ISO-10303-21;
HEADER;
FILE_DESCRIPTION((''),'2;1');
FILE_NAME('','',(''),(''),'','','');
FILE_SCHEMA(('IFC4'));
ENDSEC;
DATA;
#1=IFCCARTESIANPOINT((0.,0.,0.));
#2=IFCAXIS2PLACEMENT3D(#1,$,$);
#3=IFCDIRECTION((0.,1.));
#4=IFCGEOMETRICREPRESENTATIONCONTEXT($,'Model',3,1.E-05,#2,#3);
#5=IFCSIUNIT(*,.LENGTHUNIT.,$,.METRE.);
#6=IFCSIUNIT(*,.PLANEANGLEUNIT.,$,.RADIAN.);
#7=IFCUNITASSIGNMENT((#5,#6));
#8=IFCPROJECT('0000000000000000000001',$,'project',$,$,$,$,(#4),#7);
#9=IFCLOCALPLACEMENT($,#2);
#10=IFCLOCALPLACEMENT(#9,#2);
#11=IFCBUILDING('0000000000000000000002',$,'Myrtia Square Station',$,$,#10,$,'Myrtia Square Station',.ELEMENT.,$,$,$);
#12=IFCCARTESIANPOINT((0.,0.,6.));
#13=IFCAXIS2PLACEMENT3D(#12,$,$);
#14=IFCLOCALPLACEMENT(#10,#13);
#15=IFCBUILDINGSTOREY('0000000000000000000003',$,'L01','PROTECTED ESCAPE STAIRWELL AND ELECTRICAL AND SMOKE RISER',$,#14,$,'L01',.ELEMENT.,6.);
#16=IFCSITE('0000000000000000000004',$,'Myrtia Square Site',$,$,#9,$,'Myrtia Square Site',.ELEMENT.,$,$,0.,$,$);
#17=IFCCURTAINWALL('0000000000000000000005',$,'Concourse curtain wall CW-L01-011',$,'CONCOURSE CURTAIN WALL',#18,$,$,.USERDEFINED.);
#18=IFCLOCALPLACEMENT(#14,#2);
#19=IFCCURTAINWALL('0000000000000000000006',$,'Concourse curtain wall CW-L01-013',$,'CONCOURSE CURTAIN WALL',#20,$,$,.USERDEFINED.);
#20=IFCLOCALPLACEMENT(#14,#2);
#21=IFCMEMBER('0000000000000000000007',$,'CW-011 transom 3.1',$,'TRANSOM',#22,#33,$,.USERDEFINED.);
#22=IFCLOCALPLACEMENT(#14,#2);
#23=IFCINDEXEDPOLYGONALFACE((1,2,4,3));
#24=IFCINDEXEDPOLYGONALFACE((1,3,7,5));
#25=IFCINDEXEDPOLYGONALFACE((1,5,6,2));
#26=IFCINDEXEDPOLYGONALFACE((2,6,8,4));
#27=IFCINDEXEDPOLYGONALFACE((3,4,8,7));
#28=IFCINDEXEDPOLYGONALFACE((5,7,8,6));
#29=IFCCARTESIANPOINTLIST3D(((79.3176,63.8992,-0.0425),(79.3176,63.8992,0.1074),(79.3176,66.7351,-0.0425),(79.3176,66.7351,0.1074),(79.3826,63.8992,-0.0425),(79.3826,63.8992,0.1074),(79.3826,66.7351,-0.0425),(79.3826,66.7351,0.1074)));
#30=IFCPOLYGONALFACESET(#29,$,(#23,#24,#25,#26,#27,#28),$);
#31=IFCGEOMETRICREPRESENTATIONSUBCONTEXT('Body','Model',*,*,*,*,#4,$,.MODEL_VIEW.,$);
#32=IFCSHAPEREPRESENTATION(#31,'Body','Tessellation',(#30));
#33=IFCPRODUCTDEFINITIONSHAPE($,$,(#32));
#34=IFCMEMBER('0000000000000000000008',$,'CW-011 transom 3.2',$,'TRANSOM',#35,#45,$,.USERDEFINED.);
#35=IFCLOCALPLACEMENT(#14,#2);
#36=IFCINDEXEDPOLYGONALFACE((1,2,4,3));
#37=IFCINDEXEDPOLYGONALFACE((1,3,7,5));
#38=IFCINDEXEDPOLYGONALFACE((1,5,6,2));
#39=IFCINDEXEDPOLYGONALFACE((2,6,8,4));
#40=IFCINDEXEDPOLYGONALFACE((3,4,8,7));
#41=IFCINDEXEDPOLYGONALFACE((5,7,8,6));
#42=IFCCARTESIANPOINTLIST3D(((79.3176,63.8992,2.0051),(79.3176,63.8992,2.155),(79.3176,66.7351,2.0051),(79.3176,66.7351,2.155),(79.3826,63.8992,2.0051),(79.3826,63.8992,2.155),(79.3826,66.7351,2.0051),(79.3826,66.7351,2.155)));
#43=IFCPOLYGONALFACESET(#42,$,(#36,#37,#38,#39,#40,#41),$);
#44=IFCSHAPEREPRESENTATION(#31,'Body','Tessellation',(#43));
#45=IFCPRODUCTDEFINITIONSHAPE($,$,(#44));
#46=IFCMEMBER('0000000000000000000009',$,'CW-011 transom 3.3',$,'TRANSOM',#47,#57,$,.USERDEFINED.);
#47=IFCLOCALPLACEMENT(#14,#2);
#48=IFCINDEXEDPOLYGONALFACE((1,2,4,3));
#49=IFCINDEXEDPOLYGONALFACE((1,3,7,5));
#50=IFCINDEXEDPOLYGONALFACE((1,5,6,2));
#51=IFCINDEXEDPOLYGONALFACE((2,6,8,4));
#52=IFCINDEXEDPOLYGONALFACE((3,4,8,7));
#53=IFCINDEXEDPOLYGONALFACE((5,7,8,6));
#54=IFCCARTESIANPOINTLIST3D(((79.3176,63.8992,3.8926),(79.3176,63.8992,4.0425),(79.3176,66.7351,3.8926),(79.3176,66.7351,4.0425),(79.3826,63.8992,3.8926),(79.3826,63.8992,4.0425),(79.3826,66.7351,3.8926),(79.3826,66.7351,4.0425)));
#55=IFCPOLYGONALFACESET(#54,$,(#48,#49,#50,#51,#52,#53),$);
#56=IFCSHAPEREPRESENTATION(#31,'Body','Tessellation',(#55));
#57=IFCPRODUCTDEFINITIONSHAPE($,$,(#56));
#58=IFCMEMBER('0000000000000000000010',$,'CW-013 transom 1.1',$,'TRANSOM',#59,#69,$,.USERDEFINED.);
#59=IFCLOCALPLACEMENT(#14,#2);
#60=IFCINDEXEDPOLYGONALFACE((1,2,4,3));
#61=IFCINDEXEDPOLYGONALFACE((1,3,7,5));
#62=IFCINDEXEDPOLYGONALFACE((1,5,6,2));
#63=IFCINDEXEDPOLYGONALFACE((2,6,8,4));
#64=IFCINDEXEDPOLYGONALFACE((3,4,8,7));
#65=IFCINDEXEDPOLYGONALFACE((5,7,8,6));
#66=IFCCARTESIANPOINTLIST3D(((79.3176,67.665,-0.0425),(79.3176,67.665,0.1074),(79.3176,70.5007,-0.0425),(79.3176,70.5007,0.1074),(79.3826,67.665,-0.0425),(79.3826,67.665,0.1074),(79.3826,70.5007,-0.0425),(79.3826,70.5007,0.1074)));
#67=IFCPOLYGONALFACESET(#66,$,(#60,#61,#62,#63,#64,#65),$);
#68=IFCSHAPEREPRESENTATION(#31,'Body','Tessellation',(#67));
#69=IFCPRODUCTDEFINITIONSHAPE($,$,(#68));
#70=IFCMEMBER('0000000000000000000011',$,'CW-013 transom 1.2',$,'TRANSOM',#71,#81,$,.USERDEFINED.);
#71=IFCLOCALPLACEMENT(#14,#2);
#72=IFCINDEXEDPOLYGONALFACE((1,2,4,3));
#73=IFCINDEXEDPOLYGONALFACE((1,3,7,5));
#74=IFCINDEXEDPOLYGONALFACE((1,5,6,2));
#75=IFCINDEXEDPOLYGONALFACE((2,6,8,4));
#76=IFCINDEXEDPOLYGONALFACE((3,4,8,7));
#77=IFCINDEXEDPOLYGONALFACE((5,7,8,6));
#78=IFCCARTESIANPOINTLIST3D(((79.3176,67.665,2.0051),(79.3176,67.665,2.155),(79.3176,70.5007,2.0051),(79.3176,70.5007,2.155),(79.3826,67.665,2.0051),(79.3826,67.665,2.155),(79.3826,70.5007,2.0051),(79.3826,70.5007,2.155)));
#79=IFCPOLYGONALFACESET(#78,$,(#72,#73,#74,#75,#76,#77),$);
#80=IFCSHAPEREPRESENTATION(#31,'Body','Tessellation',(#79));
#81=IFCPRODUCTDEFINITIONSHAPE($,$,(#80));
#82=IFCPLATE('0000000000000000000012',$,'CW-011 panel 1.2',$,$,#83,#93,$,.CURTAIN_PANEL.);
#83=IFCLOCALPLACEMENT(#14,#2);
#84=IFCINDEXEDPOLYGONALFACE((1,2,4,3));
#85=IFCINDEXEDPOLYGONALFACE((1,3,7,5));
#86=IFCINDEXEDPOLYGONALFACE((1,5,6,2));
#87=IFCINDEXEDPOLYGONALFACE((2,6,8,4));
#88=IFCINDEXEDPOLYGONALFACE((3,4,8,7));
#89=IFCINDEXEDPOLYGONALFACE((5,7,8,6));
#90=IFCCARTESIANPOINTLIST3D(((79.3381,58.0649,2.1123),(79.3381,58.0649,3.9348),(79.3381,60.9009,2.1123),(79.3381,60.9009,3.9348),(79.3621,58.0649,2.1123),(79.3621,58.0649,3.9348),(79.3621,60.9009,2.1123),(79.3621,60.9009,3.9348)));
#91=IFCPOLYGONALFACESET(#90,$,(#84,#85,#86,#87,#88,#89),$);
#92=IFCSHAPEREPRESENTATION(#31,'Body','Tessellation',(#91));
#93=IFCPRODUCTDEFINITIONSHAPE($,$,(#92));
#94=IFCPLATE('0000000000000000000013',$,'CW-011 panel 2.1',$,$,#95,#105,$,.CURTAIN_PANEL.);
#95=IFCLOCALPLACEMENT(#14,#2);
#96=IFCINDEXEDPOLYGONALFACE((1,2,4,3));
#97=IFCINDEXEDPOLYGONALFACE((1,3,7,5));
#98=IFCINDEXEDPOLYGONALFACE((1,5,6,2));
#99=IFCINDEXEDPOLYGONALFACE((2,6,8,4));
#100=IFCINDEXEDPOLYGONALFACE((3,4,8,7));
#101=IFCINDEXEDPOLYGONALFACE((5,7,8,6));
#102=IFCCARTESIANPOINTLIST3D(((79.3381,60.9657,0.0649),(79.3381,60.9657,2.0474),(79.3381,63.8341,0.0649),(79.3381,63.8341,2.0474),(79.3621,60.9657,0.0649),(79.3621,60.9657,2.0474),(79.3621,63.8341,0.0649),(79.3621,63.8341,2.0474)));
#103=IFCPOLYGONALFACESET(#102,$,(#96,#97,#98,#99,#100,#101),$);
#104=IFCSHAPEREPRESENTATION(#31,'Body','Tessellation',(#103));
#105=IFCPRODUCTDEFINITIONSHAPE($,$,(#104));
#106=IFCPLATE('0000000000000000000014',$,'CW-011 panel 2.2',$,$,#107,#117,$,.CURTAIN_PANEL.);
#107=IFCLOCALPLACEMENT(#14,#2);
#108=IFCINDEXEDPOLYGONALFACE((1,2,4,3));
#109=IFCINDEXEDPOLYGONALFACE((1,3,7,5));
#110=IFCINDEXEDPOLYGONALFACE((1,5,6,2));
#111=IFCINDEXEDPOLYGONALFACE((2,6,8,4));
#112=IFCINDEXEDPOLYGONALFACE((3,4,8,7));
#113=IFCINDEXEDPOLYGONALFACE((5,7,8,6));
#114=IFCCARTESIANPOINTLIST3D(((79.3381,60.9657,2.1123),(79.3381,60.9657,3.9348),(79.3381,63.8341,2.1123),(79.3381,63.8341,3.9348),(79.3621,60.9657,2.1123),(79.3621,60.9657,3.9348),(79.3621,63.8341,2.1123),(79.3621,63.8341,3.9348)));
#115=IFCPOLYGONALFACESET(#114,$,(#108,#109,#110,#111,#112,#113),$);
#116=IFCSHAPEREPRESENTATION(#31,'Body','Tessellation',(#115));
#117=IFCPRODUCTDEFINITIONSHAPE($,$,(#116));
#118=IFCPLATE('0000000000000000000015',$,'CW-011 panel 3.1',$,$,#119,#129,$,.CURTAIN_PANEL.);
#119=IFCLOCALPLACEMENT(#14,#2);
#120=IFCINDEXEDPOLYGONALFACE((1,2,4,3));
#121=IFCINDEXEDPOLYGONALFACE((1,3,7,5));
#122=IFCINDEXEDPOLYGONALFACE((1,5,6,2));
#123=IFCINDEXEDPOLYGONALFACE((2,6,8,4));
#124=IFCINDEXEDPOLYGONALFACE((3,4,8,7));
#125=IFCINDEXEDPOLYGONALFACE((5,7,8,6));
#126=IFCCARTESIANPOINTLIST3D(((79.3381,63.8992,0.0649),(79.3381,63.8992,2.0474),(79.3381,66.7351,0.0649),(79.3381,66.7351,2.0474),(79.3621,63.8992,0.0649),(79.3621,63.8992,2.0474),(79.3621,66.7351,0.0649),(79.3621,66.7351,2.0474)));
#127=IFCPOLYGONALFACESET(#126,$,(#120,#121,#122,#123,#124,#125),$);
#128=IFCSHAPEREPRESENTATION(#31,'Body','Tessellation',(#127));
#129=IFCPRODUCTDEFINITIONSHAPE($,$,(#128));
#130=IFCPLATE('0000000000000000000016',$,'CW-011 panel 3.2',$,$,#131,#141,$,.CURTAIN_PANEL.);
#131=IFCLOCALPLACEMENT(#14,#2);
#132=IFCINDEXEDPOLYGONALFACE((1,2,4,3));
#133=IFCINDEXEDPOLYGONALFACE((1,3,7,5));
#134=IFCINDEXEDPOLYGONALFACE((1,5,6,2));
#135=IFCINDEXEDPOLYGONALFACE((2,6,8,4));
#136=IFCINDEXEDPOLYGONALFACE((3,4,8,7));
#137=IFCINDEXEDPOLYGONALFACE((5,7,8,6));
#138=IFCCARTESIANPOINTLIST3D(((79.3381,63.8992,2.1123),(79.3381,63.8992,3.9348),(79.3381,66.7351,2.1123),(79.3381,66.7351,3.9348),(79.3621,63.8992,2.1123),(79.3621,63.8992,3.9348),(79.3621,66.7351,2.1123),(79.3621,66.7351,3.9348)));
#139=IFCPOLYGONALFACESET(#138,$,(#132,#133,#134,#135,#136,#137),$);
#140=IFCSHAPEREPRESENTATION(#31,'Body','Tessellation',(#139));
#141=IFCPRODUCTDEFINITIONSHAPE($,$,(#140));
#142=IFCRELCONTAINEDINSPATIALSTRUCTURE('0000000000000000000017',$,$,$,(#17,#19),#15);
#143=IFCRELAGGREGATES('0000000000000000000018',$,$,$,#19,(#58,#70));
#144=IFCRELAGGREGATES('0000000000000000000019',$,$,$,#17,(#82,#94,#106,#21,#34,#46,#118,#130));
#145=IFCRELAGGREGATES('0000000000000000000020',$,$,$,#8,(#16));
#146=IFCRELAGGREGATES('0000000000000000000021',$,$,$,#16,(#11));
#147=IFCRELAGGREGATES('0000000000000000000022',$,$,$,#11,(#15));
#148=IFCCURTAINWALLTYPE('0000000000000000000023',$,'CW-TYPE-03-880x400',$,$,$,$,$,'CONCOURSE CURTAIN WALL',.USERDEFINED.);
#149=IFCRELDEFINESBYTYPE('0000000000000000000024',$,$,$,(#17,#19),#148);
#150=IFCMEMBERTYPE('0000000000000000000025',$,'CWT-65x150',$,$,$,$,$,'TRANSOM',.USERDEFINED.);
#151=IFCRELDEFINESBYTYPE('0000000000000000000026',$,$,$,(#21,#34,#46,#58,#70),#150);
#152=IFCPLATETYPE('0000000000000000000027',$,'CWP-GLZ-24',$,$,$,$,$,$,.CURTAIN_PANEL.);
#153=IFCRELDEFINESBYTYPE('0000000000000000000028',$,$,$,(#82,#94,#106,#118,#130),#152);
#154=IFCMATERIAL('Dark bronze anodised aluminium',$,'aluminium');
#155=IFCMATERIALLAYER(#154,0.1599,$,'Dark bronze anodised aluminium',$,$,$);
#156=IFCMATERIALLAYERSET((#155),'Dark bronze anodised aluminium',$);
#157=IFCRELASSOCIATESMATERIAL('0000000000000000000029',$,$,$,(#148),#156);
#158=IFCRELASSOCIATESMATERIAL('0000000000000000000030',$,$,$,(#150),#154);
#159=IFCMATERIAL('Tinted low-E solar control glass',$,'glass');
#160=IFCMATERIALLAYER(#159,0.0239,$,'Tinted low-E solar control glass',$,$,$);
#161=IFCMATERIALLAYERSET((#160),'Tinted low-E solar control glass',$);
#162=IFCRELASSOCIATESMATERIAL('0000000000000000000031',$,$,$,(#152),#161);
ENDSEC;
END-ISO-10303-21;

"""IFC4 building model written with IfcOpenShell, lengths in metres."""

from ifc_helpers import new_model, si_unit, direction, frame, origin, origin_2d, place, context, subcontext, project, spatial, rectangle, extrude, material, layer, layer_set, material_profile, profile_set, type_object, element, aggregate, save


model = new_model("IFC4")

# Units and contexts
model_context = context("Model", 3, precision=1e-05, world=origin(), true_north=direction((0.0, 1.0)))
body_context = subcontext(model_context, "Body", "Model", "MODEL_VIEW")
ifc_project = project(units=[si_unit("LENGTHUNIT", "METRE"), si_unit("PLANEANGLEUNIT", "RADIAN")], contexts=[model_context])

# Site, building, storey
site_placement = place(None, origin())
site = spatial("IfcSite", under=ifc_project, at=site_placement, Name="Myrtia Square Site", LongName="Myrtia Square Site", CompositionType="ELEMENT", RefElevation=0.0)
building_placement = place(site_placement, origin())
building = spatial("IfcBuilding", under=site, at=building_placement, Name="Myrtia Square Station", LongName="Myrtia Square Station", CompositionType="ELEMENT")
storey_placement = place(building_placement, frame((0.0, 0.0, 6.0)))
storey = spatial("IfcBuildingStorey", under=building, at=storey_placement, Name="L01", Description="PROTECTED ESCAPE STAIRWELL AND ELECTRICAL AND SMOKE RISER", LongName="L01", CompositionType="ELEMENT", Elevation=6.0)

# Curtain wall
ifc_material_1 = material(Name="Dark bronze anodised aluminium", Category="aluminium")
ifc_layer_1 = layer(ifc_material_1, 0.1599, Name="Dark bronze anodised aluminium")
ifc_layer_set_1 = layer_set([ifc_layer_1], Name="Dark bronze anodised aluminium")
curtain_wall_type = type_object("IfcCurtainWallType", Name="CW-TYPE-03-880x400", ElementType="CONCOURSE CURTAIN WALL", PredefinedType="USERDEFINED", material=ifc_layer_set_1)
curtain_wall_1_placement = place(storey_placement, origin())
curtain_wall_1 = element("IfcCurtainWall", 1, at=curtain_wall_1_placement, inside=storey, type_object=curtain_wall_type, Name="Concourse curtain wall CW-L01-011", ObjectType="CONCOURSE CURTAIN WALL", PredefinedType="USERDEFINED")

# Curtain wall
curtain_wall_2_placement = place(storey_placement, origin())
curtain_wall_2 = element("IfcCurtainWall", 2, at=curtain_wall_2_placement, inside=storey, type_object=curtain_wall_type, Name="Concourse curtain wall CW-L01-013", ObjectType="CONCOURSE CURTAIN WALL", PredefinedType="USERDEFINED")

# Members
ifc_material_profile_1 = material_profile(ifc_material_1, rectangle(XDim=0.0649, YDim=0.1499, at=origin_2d()), Name="ALU-T 65x150")
ifc_profile_set_1 = profile_set([ifc_material_profile_1], Name="Dark bronze anodised aluminium")
member_type_1 = type_object("IfcMemberType", Name="CWT-65x150", ElementType="TRANSOM", PredefinedType="USERDEFINED", material=ifc_profile_set_1)
member_1_placement = place(storey_placement, frame((79.3501, 63.8992, 0.0325), z_axis=(0.0, 1.0, 0.0), x_axis=(-1.0, 0.0, 0.0)))
member_1 = element("IfcMember", 3, at=member_1_placement, type_object=member_type_1, Name="CW-011 transom 3.1", ObjectType="TRANSOM", PredefinedType="USERDEFINED", context=body_context, shape_type="SweptSolid", body=[
    extrude(rectangle(XDim=0.0649, YDim=0.1499, at=origin_2d()), origin(), (0.0, 0.0, 1.0), 2.8359),
])
member_2_placement = place(storey_placement, frame((79.3501, 63.8992, 2.0801), z_axis=(0.0, 1.0, 0.0), x_axis=(-1.0, 0.0, 0.0)))
member_2 = element("IfcMember", 4, at=member_2_placement, type_object=member_type_1, Name="CW-011 transom 3.2", ObjectType="TRANSOM", PredefinedType="USERDEFINED", context=body_context, shape_type="SweptSolid", body=[
    extrude(rectangle(XDim=0.0649, YDim=0.1499, at=origin_2d()), origin(), (0.0, 0.0, 1.0), 2.8359),
])
member_3_placement = place(storey_placement, frame((79.3501, 63.8992, 3.9675), z_axis=(0.0, 1.0, 0.0), x_axis=(-1.0, 0.0, 0.0)))
member_3 = element("IfcMember", 5, at=member_3_placement, type_object=member_type_1, Name="CW-011 transom 3.3", ObjectType="TRANSOM", PredefinedType="USERDEFINED", context=body_context, shape_type="SweptSolid", body=[
    extrude(rectangle(XDim=0.0649, YDim=0.1499, at=origin_2d()), origin(), (0.0, 0.0, 1.0), 2.8359),
])
member_4_placement = place(storey_placement, frame((79.3501, 67.665, 0.0325), z_axis=(0.0, 1.0, 0.0), x_axis=(-1.0, 0.0, 0.0)))
member_4 = element("IfcMember", 6, at=member_4_placement, type_object=member_type_1, Name="CW-013 transom 1.1", ObjectType="TRANSOM", PredefinedType="USERDEFINED", context=body_context, shape_type="SweptSolid", body=[
    extrude(rectangle(XDim=0.0649, YDim=0.1499, at=origin_2d()), origin(), (0.0, 0.0, 1.0), 2.8357),
])
member_5_placement = place(storey_placement, frame((79.3501, 67.665, 2.0801), z_axis=(0.0, 1.0, 0.0), x_axis=(-1.0, 0.0, 0.0)))
member_5 = element("IfcMember", 7, at=member_5_placement, type_object=member_type_1, Name="CW-013 transom 1.2", ObjectType="TRANSOM", PredefinedType="USERDEFINED", context=body_context, shape_type="SweptSolid", body=[
    extrude(rectangle(XDim=0.0649, YDim=0.1499, at=origin_2d()), origin(), (0.0, 0.0, 1.0), 2.8357),
])
aggregate(curtain_wall_2, [member_4, member_5])

# Plates
ifc_material_2 = material(Name="Tinted low-E solar control glass", Category="glass")
ifc_layer_2 = layer(ifc_material_2, 0.0239, Name="Tinted low-E solar control glass")
ifc_layer_set_2 = layer_set([ifc_layer_2], Name="Tinted low-E solar control glass")
plate_type = type_object("IfcPlateType", Name="CWP-GLZ-24", PredefinedType="CURTAIN_PANEL", material=ifc_layer_set_2)
plate_1_placement = place(storey_placement, frame((79.3501, 59.4829, 2.1123), z_axis=(0.0, 0.0, 1.0), x_axis=(0.0, 1.0, 0.0)))
plate_1 = element("IfcPlate", 8, at=plate_1_placement, type_object=plate_type, Name="CW-011 panel 1.2", PredefinedType="CURTAIN_PANEL", context=body_context, shape_type="SweptSolid", body=[
    extrude(rectangle(XDim=2.8359, YDim=0.0239, at=origin_2d()), origin(), (0.0, 0.0, 1.0), 1.8225),
])
plate_2_placement = place(storey_placement, frame((79.3501, 62.3999, 0.0649), z_axis=(0.0, 0.0, 1.0), x_axis=(0.0, 1.0, 0.0)))
plate_2 = element("IfcPlate", 9, at=plate_2_placement, type_object=plate_type, Name="CW-011 panel 2.1", PredefinedType="CURTAIN_PANEL", context=body_context, shape_type="SweptSolid", body=[
    extrude(rectangle(XDim=2.8684, YDim=0.0239, at=origin_2d()), origin(), (0.0, 0.0, 1.0), 1.9824),
])
plate_3_placement = place(storey_placement, frame((79.3501, 62.3999, 2.1123), z_axis=(0.0, 0.0, 1.0), x_axis=(0.0, 1.0, 0.0)))
plate_3 = element("IfcPlate", 10, at=plate_3_placement, type_object=plate_type, Name="CW-011 panel 2.2", PredefinedType="CURTAIN_PANEL", context=body_context, shape_type="SweptSolid", body=[
    extrude(rectangle(XDim=2.8684, YDim=0.0239, at=origin_2d()), origin(), (0.0, 0.0, 1.0), 1.8225),
])
plate_4_placement = place(storey_placement, frame((79.3501, 65.3171, 0.0649), z_axis=(0.0, 0.0, 1.0), x_axis=(0.0, 1.0, 0.0)))
plate_4 = element("IfcPlate", 11, at=plate_4_placement, type_object=plate_type, Name="CW-011 panel 3.1", PredefinedType="CURTAIN_PANEL", context=body_context, shape_type="SweptSolid", body=[
    extrude(rectangle(XDim=2.8359, YDim=0.0239, at=origin_2d()), origin(), (0.0, 0.0, 1.0), 1.9824),
])
plate_5_placement = place(storey_placement, frame((79.3501, 65.3171, 2.1123), z_axis=(0.0, 0.0, 1.0), x_axis=(0.0, 1.0, 0.0)))
plate_5 = element("IfcPlate", 12, at=plate_5_placement, type_object=plate_type, Name="CW-011 panel 3.2", PredefinedType="CURTAIN_PANEL", context=body_context, shape_type="SweptSolid", body=[
    extrude(rectangle(XDim=2.8359, YDim=0.0239, at=origin_2d()), origin(), (0.0, 0.0, 1.0), 1.8225),
])
aggregate(curtain_wall_1, [plate_1, plate_2, plate_3, member_1, member_2, member_3, plate_4, plate_5])

save(model, "model.ifc")
